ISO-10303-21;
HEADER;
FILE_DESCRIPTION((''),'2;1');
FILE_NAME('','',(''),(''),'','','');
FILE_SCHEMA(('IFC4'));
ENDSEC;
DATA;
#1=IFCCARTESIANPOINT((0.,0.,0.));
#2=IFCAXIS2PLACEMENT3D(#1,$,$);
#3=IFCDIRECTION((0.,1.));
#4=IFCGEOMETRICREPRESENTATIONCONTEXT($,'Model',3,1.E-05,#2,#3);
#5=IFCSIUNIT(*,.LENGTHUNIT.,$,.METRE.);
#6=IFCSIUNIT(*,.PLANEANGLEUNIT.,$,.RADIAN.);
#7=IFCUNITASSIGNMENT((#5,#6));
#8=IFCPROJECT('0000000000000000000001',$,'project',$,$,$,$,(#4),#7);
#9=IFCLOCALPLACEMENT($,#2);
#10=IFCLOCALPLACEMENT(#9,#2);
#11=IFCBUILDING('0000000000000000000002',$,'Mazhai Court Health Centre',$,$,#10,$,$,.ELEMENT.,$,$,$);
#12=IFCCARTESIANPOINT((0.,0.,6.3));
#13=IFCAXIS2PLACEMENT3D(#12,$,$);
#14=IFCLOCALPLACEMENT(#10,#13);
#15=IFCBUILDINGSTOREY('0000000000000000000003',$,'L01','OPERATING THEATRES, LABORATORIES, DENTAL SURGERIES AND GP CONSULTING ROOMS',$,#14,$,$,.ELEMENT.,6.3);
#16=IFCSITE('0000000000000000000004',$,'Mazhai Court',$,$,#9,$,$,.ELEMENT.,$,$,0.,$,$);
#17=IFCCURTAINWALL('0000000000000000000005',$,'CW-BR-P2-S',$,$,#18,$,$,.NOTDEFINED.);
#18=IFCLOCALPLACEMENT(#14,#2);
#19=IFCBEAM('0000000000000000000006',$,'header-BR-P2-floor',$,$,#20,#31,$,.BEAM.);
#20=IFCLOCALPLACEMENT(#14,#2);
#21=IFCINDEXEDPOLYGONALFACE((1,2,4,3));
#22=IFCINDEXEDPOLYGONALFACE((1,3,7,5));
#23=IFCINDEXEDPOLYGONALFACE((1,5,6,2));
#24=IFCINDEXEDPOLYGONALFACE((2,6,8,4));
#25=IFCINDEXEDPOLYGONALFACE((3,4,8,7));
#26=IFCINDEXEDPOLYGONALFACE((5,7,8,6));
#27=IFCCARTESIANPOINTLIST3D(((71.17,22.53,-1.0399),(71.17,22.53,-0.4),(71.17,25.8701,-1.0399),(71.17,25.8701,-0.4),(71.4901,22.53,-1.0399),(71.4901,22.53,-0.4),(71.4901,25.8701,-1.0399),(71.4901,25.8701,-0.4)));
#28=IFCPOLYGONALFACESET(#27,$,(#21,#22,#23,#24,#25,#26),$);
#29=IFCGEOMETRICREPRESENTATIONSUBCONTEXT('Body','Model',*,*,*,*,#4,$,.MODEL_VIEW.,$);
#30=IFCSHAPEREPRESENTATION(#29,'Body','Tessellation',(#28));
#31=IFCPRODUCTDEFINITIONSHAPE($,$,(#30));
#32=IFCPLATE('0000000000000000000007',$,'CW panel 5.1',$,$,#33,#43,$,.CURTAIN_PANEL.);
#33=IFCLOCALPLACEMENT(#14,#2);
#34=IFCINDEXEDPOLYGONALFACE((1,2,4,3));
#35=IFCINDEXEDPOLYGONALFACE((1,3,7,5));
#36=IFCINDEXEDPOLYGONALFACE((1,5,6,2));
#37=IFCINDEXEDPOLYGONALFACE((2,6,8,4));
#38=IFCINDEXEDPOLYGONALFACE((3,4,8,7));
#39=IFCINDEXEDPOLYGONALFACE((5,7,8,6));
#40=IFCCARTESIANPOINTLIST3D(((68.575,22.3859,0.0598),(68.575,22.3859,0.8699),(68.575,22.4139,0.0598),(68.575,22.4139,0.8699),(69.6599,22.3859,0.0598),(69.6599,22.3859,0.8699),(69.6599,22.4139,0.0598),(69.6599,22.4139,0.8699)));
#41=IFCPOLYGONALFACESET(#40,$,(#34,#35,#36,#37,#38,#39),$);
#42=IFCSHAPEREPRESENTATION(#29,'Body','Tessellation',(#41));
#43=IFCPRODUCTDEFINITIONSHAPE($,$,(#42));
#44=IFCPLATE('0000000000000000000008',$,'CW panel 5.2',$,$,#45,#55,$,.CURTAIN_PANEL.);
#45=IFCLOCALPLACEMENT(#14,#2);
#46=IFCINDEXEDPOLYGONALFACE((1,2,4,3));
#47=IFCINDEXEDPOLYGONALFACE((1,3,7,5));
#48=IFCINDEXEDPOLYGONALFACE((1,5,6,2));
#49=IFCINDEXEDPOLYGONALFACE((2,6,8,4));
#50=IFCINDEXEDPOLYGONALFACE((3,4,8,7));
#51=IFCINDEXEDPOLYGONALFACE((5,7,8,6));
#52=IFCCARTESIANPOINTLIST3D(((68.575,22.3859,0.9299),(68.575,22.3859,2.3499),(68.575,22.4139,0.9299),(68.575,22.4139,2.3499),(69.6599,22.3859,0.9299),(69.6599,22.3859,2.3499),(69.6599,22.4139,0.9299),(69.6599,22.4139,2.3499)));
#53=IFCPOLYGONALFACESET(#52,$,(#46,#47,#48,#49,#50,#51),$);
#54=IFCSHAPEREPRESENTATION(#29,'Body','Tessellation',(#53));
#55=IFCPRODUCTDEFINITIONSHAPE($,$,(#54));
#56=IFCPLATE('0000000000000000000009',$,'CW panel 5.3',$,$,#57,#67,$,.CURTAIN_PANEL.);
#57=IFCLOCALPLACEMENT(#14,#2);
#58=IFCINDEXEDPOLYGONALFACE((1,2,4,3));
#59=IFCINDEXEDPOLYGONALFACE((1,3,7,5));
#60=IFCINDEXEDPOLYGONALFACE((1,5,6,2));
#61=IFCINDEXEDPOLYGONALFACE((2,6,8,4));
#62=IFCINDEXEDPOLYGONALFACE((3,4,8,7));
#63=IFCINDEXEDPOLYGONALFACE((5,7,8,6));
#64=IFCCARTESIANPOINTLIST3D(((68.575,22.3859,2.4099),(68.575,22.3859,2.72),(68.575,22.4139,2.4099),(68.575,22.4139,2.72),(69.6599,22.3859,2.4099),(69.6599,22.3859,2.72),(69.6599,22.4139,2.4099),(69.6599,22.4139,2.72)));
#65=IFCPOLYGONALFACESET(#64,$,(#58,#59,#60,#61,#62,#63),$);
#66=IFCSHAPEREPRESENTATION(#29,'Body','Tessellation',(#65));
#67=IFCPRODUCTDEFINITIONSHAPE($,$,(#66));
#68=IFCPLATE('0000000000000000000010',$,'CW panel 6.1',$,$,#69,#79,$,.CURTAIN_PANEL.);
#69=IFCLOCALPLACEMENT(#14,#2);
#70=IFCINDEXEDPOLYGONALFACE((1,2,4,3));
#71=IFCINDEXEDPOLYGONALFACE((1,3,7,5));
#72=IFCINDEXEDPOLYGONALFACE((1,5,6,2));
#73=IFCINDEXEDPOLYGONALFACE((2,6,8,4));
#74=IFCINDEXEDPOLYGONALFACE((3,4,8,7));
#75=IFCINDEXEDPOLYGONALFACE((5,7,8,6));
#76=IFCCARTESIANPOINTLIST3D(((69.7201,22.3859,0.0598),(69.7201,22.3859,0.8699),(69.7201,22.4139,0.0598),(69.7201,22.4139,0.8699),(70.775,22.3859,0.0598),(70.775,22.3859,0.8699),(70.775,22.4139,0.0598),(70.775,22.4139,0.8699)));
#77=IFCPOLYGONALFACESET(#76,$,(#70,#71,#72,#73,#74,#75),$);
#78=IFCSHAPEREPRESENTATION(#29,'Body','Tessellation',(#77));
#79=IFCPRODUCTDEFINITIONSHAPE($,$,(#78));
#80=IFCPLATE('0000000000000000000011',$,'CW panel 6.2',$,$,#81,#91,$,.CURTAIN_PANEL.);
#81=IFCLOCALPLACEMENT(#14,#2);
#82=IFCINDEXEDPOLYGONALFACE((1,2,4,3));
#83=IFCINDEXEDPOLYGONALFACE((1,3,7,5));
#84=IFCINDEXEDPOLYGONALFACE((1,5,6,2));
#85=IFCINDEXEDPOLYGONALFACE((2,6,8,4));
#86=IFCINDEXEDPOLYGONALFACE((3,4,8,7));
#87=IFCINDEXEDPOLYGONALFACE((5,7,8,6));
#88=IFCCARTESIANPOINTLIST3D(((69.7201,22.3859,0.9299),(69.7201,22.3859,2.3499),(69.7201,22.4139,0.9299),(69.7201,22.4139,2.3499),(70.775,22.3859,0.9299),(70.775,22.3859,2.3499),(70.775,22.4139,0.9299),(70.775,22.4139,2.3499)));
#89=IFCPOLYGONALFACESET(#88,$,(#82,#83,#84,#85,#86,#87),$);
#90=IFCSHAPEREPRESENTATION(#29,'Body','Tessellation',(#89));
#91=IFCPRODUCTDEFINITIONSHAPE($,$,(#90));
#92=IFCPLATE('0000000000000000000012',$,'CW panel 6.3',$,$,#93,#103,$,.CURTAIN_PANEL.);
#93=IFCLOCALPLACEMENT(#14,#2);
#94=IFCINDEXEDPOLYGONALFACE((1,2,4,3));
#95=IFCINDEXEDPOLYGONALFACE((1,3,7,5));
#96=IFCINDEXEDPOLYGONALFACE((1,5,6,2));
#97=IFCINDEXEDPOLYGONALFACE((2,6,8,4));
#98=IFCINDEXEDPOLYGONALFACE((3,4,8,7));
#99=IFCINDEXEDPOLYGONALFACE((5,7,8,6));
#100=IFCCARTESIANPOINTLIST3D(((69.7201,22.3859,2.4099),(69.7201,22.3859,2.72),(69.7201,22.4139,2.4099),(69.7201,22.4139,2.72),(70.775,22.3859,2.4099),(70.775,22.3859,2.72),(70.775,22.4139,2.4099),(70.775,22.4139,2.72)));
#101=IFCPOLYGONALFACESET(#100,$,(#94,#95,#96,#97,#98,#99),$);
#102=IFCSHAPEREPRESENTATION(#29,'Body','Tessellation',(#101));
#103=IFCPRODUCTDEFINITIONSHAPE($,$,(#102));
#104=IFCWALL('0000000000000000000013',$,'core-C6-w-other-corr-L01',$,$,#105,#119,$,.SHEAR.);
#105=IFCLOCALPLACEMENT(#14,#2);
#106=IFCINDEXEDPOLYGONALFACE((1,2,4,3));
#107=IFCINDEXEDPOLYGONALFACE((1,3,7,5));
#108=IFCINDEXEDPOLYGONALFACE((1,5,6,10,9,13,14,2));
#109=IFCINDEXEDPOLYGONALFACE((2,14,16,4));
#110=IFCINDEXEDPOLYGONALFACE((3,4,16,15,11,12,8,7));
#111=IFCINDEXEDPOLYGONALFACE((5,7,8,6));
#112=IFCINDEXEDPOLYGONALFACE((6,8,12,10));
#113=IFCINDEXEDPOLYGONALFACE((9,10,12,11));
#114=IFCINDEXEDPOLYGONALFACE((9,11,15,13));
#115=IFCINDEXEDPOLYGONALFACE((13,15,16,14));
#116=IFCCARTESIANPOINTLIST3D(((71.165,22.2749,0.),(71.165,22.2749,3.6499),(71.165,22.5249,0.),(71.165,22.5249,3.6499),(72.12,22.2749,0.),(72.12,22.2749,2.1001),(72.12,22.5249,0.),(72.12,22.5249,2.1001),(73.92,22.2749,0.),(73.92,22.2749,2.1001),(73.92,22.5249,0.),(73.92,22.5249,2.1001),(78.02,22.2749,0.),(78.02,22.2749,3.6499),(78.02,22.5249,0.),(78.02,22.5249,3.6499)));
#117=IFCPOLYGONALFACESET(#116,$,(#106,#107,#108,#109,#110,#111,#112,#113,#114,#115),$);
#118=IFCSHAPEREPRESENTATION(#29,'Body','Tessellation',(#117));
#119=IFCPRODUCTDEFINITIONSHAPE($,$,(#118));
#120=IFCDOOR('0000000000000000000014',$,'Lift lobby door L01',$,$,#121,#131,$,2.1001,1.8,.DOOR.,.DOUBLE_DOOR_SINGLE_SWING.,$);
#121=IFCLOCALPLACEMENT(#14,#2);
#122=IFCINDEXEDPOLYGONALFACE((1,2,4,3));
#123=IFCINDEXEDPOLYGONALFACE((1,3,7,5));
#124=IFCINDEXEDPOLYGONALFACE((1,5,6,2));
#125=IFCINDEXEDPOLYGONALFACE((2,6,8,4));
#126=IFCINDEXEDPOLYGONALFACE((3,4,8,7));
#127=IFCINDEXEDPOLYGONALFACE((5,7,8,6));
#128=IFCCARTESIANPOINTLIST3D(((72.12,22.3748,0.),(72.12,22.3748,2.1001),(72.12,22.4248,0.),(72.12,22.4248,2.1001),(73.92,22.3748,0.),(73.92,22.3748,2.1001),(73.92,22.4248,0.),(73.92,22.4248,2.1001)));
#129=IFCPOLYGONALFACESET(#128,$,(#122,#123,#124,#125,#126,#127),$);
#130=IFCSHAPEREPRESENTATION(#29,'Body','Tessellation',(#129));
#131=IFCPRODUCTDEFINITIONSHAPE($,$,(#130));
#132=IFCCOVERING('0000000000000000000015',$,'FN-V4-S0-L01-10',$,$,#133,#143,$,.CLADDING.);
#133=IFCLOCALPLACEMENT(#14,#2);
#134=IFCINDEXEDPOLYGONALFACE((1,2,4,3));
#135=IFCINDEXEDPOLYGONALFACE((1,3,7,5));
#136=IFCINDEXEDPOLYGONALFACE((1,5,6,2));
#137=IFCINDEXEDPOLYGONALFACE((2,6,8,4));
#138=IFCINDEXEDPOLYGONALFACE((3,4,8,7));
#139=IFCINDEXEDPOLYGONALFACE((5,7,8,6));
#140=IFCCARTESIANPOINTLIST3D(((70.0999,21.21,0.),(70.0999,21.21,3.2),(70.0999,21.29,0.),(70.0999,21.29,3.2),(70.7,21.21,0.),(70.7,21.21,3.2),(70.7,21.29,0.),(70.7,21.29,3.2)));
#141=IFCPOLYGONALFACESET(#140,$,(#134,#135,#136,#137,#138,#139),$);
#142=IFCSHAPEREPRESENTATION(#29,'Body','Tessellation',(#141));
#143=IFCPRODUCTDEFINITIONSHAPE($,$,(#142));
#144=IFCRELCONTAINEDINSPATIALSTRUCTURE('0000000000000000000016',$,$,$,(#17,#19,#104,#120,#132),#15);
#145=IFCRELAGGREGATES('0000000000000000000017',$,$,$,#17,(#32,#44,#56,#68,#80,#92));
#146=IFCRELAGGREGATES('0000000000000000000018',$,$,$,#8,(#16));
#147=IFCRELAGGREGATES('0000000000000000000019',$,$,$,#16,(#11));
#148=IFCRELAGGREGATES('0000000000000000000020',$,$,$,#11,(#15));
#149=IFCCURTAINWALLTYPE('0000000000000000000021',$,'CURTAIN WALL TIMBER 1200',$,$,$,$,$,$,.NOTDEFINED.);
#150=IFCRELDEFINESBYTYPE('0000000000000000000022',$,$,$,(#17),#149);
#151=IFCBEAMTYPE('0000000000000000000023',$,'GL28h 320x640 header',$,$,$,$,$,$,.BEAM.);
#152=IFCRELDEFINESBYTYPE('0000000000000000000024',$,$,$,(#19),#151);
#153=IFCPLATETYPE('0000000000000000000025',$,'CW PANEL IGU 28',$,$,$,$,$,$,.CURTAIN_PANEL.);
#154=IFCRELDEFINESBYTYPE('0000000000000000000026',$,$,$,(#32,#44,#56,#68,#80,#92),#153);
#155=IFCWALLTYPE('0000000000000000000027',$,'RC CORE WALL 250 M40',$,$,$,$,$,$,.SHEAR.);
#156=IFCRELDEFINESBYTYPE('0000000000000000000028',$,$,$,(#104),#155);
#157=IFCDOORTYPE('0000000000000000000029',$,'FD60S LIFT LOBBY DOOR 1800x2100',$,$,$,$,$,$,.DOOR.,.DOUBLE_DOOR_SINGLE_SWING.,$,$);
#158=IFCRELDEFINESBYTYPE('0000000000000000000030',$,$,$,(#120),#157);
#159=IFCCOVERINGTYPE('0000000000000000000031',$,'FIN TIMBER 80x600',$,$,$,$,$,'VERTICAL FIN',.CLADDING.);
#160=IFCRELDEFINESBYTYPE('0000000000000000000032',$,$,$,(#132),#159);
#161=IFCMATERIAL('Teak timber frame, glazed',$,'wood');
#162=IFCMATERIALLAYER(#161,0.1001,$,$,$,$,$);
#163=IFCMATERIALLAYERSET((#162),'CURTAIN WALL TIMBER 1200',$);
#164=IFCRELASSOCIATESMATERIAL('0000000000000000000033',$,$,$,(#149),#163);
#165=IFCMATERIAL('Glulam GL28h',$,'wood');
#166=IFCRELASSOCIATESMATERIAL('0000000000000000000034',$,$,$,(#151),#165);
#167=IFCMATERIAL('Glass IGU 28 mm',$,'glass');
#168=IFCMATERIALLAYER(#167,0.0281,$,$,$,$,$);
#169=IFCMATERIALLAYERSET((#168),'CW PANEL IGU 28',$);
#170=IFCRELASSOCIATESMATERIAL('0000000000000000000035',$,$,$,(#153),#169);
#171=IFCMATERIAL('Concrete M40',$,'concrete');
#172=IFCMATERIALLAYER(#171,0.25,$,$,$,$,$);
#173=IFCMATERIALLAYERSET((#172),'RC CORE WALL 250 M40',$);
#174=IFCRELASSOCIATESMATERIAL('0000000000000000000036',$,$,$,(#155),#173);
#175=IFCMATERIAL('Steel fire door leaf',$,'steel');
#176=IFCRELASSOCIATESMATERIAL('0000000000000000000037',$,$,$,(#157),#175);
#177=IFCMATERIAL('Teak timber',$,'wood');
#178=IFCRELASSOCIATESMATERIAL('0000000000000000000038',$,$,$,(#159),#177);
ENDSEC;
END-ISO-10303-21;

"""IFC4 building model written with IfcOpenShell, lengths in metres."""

from ifc_helpers import new_model, si_unit, direction, frame, frame_2d, origin, origin_2d, place, context, subcontext, project, spatial, rectangle, extrude, material, layer, layer_set, material_profile, profile_set, type_object, element, fill, aggregate, save


model = new_model("IFC4")

# Units and contexts
model_context = context("Model", 3, precision=1e-05, world=origin(), true_north=direction((0.0, 1.0)))
body_context = subcontext(model_context, "Body", "Model", "MODEL_VIEW")
ifc_project = project(units=[si_unit("LENGTHUNIT", "METRE"), si_unit("PLANEANGLEUNIT", "RADIAN")], contexts=[model_context])

# Site, building, storey
site_placement = place(None, origin())
site = spatial("IfcSite", under=ifc_project, at=site_placement, Name="Mazhai Court", CompositionType="ELEMENT", RefElevation=0.0)
building_placement = place(site_placement, origin())
building = spatial("IfcBuilding", under=site, at=building_placement, Name="Mazhai Court Health Centre", CompositionType="ELEMENT")
storey_placement = place(building_placement, frame((0.0, 0.0, 6.3)))
storey = spatial("IfcBuildingStorey", under=building, at=storey_placement, Name="L01", Description="OPERATING THEATRES, LABORATORIES, DENTAL SURGERIES AND GP CONSULTING ROOMS", CompositionType="ELEMENT", Elevation=6.3)

# Curtain wall
ifc_material_1 = material(Name="Teak timber frame, glazed", Category="wood")
ifc_layer_1 = layer(ifc_material_1, 0.1001)
ifc_layer_set_1 = layer_set([ifc_layer_1], Name="CURTAIN WALL TIMBER 1200")
curtain_wall_type_1 = type_object("IfcCurtainWallType", Name="CURTAIN WALL TIMBER 1200", PredefinedType="NOTDEFINED", material=ifc_layer_set_1)
curtain_wall_1_placement = place(storey_placement, origin())
curtain_wall_1 = element("IfcCurtainWall", 1, at=curtain_wall_1_placement, inside=storey, type_object=curtain_wall_type_1, Name="CW-BR-P2-S", PredefinedType="NOTDEFINED")

# Beam
ifc_material_2 = material(Name="Glulam GL28h", Category="wood")
ifc_material_profile_1 = material_profile(ifc_material_2, rectangle(XDim=0.3201, YDim=0.6399, at=origin_2d()), Name="GL28h 320x640")
ifc_profile_set_1 = profile_set([ifc_material_profile_1], Name="Glulam GL28h")
beam_type_1 = type_object("IfcBeamType", Name="GL28h 320x640 header", PredefinedType="BEAM", material=ifc_profile_set_1)
beam_1_placement = place(storey_placement, frame((71.3301, 22.53, -0.72), z_axis=(0.0, 1.0, 0.0), x_axis=(-1.0, 0.0, 0.0)))
element("IfcBeam", 2, at=beam_1_placement, inside=storey, type_object=beam_type_1, Name="header-BR-P2-floor", PredefinedType="BEAM", context=body_context, shape_type="SweptSolid", body=[
    extrude(rectangle(XDim=0.3201, YDim=0.6399, at=origin_2d()), origin(), (0.0, 0.0, 1.0), 3.3401),
])

# Plates
ifc_material_3 = material(Name="Glass IGU 28 mm", Category="glass")
ifc_layer_2 = layer(ifc_material_3, 0.0281)
ifc_layer_set_2 = layer_set([ifc_layer_2], Name="CW PANEL IGU 28")
plate_type = type_object("IfcPlateType", Name="CW PANEL IGU 28", PredefinedType="CURTAIN_PANEL", material=ifc_layer_set_2)
plate_1_placement = place(storey_placement, frame((69.1174, 22.3999, 0.0598), z_axis=(0.0, 0.0, 1.0), x_axis=(1.0, 0.0, 0.0)))
plate_1 = element("IfcPlate", 3, at=plate_1_placement, type_object=plate_type, Name="CW panel 5.1", PredefinedType="CURTAIN_PANEL", context=body_context, shape_type="SweptSolid", body=[
    extrude(rectangle(XDim=1.085, YDim=0.0281, at=origin_2d()), origin(), (0.0, 0.0, 1.0), 0.8101),
])
plate_2_placement = place(storey_placement, frame((69.1174, 22.3999, 0.9299), z_axis=(0.0, 0.0, 1.0), x_axis=(1.0, 0.0, 0.0)))
plate_2 = element("IfcPlate", 4, at=plate_2_placement, type_object=plate_type, Name="CW panel 5.2", PredefinedType="CURTAIN_PANEL", context=body_context, shape_type="SweptSolid", body=[
    extrude(rectangle(XDim=1.085, YDim=0.0281, at=origin_2d()), origin(), (0.0, 0.0, 1.0), 1.4199),
])
plate_3_placement = place(storey_placement, frame((69.1174, 22.3999, 2.4099), z_axis=(0.0, 0.0, 1.0), x_axis=(1.0, 0.0, 0.0)))
plate_3 = element("IfcPlate", 5, at=plate_3_placement, type_object=plate_type, Name="CW panel 5.3", PredefinedType="CURTAIN_PANEL", context=body_context, shape_type="SweptSolid", body=[
    extrude(rectangle(XDim=1.085, YDim=0.0281, at=origin_2d()), origin(), (0.0, 0.0, 1.0), 0.3101),
])
plate_4_placement = place(storey_placement, frame((70.2476, 22.3999, 0.0598), z_axis=(0.0, 0.0, 1.0), x_axis=(1.0, 0.0, 0.0)))
plate_4 = element("IfcPlate", 6, at=plate_4_placement, type_object=plate_type, Name="CW panel 6.1", PredefinedType="CURTAIN_PANEL", context=body_context, shape_type="SweptSolid", body=[
    extrude(rectangle(XDim=1.0549, YDim=0.0281, at=origin_2d()), origin(), (0.0, 0.0, 1.0), 0.8101),
])
plate_5_placement = place(storey_placement, frame((70.2476, 22.3999, 0.9299), z_axis=(0.0, 0.0, 1.0), x_axis=(1.0, 0.0, 0.0)))
plate_5 = element("IfcPlate", 7, at=plate_5_placement, type_object=plate_type, Name="CW panel 6.2", PredefinedType="CURTAIN_PANEL", context=body_context, shape_type="SweptSolid", body=[
    extrude(rectangle(XDim=1.0549, YDim=0.0281, at=origin_2d()), origin(), (0.0, 0.0, 1.0), 1.4199),
])
plate_6_placement = place(storey_placement, frame((70.2476, 22.3999, 2.4099), z_axis=(0.0, 0.0, 1.0), x_axis=(1.0, 0.0, 0.0)))
plate_6 = element("IfcPlate", 8, at=plate_6_placement, type_object=plate_type, Name="CW panel 6.3", PredefinedType="CURTAIN_PANEL", context=body_context, shape_type="SweptSolid", body=[
    extrude(rectangle(XDim=1.0549, YDim=0.0281, at=origin_2d()), origin(), (0.0, 0.0, 1.0), 0.3101),
])
aggregate(curtain_wall_1, [plate_1, plate_2, plate_3, plate_4, plate_5, plate_6])

# Wall, opening, door
ifc_material_4 = material(Name="Concrete M40", Category="concrete")
ifc_layer_3 = layer(ifc_material_4, 0.25)
ifc_layer_set_3 = layer_set([ifc_layer_3], Name="RC CORE WALL 250 M40")
wall_type_1 = type_object("IfcWallType", Name="RC CORE WALL 250 M40", PredefinedType="SHEAR", material=ifc_layer_set_3)
wall_1_placement = place(storey_placement, frame((71.165, 22.3999, 0.0), z_axis=(0.0, 0.0, 1.0), x_axis=(1.0, 0.0, 0.0)))
wall_1 = element("IfcWall", 9, at=wall_1_placement, inside=storey, type_object=wall_type_1, Name="core-C6-w-other-corr-L01", PredefinedType="SHEAR", context=body_context, shape_type="SweptSolid", body=[
    extrude(rectangle(XDim=6.855, YDim=0.25, at=frame_2d((3.4275, 0.0))), origin(), (0.0, 0.0, 1.0), 3.6499),
])
opening_1_placement = place(wall_1_placement, frame((0.9551, 0.0, 0.0)))
opening_1 = element("IfcOpeningElement", 10, at=opening_1_placement, cuts=wall_1, PredefinedType="OPENING", context=body_context, shape_type="SweptSolid", body=[
    extrude(rectangle(XDim=1.8, YDim=2.1001, at=frame_2d((0.8999, 1.05))), frame((0.0, 0.135, 0.0), z_axis=(0.0, -1.0, 0.0), x_axis=(1.0, 0.0, 0.0)), (0.0, 0.0, 1.0), 0.27),
])
ifc_material_5 = material(Name="Steel fire door leaf", Category="steel")
door_type_1 = type_object("IfcDoorType", Name="FD60S LIFT LOBBY DOOR 1800x2100", OperationType="DOUBLE_DOOR_SINGLE_SWING", PredefinedType="DOOR", material=ifc_material_5)
door_1_placement = place(opening_1_placement, origin())
door_1 = element("IfcDoor", 11, at=door_1_placement, inside=storey, type_object=door_type_1, Name="Lift lobby door L01", OperationType="DOUBLE_DOOR_SINGLE_SWING", OverallHeight=2.1001, OverallWidth=1.8, PredefinedType="DOOR", context=body_context, shape_type="SweptSolid", body=[
    extrude(rectangle(XDim=1.8, YDim=2.1001, at=frame_2d((0.8999, 1.05))), frame((0.0, 0.0249, 0.0), z_axis=(0.0, -1.0, 0.0), x_axis=(1.0, 0.0, 0.0)), (0.0, 0.0, 1.0), 0.05),
])
fill(opening_1, door_1)

# Covering
ifc_material_6 = material(Name="Teak timber", Category="wood")
covering_type = type_object("IfcCoveringType", Name="FIN TIMBER 80x600", ElementType="VERTICAL FIN", PredefinedType="CLADDING", material=ifc_material_6)
covering_placement = place(storey_placement, frame((70.3999, 21.25, 0.0), z_axis=(0.0, 0.0, 1.0), x_axis=(0.0, 1.0, 0.0)))
element("IfcCovering", 12, at=covering_placement, inside=storey, type_object=covering_type, Name="FN-V4-S0-L01-10", PredefinedType="CLADDING", context=body_context, shape_type="SweptSolid", body=[
    extrude(rectangle(XDim=0.0801, YDim=0.6001, at=origin_2d()), origin(), (0.0, 0.0, 1.0), 3.2),
])

save(model, "model.ifc")
